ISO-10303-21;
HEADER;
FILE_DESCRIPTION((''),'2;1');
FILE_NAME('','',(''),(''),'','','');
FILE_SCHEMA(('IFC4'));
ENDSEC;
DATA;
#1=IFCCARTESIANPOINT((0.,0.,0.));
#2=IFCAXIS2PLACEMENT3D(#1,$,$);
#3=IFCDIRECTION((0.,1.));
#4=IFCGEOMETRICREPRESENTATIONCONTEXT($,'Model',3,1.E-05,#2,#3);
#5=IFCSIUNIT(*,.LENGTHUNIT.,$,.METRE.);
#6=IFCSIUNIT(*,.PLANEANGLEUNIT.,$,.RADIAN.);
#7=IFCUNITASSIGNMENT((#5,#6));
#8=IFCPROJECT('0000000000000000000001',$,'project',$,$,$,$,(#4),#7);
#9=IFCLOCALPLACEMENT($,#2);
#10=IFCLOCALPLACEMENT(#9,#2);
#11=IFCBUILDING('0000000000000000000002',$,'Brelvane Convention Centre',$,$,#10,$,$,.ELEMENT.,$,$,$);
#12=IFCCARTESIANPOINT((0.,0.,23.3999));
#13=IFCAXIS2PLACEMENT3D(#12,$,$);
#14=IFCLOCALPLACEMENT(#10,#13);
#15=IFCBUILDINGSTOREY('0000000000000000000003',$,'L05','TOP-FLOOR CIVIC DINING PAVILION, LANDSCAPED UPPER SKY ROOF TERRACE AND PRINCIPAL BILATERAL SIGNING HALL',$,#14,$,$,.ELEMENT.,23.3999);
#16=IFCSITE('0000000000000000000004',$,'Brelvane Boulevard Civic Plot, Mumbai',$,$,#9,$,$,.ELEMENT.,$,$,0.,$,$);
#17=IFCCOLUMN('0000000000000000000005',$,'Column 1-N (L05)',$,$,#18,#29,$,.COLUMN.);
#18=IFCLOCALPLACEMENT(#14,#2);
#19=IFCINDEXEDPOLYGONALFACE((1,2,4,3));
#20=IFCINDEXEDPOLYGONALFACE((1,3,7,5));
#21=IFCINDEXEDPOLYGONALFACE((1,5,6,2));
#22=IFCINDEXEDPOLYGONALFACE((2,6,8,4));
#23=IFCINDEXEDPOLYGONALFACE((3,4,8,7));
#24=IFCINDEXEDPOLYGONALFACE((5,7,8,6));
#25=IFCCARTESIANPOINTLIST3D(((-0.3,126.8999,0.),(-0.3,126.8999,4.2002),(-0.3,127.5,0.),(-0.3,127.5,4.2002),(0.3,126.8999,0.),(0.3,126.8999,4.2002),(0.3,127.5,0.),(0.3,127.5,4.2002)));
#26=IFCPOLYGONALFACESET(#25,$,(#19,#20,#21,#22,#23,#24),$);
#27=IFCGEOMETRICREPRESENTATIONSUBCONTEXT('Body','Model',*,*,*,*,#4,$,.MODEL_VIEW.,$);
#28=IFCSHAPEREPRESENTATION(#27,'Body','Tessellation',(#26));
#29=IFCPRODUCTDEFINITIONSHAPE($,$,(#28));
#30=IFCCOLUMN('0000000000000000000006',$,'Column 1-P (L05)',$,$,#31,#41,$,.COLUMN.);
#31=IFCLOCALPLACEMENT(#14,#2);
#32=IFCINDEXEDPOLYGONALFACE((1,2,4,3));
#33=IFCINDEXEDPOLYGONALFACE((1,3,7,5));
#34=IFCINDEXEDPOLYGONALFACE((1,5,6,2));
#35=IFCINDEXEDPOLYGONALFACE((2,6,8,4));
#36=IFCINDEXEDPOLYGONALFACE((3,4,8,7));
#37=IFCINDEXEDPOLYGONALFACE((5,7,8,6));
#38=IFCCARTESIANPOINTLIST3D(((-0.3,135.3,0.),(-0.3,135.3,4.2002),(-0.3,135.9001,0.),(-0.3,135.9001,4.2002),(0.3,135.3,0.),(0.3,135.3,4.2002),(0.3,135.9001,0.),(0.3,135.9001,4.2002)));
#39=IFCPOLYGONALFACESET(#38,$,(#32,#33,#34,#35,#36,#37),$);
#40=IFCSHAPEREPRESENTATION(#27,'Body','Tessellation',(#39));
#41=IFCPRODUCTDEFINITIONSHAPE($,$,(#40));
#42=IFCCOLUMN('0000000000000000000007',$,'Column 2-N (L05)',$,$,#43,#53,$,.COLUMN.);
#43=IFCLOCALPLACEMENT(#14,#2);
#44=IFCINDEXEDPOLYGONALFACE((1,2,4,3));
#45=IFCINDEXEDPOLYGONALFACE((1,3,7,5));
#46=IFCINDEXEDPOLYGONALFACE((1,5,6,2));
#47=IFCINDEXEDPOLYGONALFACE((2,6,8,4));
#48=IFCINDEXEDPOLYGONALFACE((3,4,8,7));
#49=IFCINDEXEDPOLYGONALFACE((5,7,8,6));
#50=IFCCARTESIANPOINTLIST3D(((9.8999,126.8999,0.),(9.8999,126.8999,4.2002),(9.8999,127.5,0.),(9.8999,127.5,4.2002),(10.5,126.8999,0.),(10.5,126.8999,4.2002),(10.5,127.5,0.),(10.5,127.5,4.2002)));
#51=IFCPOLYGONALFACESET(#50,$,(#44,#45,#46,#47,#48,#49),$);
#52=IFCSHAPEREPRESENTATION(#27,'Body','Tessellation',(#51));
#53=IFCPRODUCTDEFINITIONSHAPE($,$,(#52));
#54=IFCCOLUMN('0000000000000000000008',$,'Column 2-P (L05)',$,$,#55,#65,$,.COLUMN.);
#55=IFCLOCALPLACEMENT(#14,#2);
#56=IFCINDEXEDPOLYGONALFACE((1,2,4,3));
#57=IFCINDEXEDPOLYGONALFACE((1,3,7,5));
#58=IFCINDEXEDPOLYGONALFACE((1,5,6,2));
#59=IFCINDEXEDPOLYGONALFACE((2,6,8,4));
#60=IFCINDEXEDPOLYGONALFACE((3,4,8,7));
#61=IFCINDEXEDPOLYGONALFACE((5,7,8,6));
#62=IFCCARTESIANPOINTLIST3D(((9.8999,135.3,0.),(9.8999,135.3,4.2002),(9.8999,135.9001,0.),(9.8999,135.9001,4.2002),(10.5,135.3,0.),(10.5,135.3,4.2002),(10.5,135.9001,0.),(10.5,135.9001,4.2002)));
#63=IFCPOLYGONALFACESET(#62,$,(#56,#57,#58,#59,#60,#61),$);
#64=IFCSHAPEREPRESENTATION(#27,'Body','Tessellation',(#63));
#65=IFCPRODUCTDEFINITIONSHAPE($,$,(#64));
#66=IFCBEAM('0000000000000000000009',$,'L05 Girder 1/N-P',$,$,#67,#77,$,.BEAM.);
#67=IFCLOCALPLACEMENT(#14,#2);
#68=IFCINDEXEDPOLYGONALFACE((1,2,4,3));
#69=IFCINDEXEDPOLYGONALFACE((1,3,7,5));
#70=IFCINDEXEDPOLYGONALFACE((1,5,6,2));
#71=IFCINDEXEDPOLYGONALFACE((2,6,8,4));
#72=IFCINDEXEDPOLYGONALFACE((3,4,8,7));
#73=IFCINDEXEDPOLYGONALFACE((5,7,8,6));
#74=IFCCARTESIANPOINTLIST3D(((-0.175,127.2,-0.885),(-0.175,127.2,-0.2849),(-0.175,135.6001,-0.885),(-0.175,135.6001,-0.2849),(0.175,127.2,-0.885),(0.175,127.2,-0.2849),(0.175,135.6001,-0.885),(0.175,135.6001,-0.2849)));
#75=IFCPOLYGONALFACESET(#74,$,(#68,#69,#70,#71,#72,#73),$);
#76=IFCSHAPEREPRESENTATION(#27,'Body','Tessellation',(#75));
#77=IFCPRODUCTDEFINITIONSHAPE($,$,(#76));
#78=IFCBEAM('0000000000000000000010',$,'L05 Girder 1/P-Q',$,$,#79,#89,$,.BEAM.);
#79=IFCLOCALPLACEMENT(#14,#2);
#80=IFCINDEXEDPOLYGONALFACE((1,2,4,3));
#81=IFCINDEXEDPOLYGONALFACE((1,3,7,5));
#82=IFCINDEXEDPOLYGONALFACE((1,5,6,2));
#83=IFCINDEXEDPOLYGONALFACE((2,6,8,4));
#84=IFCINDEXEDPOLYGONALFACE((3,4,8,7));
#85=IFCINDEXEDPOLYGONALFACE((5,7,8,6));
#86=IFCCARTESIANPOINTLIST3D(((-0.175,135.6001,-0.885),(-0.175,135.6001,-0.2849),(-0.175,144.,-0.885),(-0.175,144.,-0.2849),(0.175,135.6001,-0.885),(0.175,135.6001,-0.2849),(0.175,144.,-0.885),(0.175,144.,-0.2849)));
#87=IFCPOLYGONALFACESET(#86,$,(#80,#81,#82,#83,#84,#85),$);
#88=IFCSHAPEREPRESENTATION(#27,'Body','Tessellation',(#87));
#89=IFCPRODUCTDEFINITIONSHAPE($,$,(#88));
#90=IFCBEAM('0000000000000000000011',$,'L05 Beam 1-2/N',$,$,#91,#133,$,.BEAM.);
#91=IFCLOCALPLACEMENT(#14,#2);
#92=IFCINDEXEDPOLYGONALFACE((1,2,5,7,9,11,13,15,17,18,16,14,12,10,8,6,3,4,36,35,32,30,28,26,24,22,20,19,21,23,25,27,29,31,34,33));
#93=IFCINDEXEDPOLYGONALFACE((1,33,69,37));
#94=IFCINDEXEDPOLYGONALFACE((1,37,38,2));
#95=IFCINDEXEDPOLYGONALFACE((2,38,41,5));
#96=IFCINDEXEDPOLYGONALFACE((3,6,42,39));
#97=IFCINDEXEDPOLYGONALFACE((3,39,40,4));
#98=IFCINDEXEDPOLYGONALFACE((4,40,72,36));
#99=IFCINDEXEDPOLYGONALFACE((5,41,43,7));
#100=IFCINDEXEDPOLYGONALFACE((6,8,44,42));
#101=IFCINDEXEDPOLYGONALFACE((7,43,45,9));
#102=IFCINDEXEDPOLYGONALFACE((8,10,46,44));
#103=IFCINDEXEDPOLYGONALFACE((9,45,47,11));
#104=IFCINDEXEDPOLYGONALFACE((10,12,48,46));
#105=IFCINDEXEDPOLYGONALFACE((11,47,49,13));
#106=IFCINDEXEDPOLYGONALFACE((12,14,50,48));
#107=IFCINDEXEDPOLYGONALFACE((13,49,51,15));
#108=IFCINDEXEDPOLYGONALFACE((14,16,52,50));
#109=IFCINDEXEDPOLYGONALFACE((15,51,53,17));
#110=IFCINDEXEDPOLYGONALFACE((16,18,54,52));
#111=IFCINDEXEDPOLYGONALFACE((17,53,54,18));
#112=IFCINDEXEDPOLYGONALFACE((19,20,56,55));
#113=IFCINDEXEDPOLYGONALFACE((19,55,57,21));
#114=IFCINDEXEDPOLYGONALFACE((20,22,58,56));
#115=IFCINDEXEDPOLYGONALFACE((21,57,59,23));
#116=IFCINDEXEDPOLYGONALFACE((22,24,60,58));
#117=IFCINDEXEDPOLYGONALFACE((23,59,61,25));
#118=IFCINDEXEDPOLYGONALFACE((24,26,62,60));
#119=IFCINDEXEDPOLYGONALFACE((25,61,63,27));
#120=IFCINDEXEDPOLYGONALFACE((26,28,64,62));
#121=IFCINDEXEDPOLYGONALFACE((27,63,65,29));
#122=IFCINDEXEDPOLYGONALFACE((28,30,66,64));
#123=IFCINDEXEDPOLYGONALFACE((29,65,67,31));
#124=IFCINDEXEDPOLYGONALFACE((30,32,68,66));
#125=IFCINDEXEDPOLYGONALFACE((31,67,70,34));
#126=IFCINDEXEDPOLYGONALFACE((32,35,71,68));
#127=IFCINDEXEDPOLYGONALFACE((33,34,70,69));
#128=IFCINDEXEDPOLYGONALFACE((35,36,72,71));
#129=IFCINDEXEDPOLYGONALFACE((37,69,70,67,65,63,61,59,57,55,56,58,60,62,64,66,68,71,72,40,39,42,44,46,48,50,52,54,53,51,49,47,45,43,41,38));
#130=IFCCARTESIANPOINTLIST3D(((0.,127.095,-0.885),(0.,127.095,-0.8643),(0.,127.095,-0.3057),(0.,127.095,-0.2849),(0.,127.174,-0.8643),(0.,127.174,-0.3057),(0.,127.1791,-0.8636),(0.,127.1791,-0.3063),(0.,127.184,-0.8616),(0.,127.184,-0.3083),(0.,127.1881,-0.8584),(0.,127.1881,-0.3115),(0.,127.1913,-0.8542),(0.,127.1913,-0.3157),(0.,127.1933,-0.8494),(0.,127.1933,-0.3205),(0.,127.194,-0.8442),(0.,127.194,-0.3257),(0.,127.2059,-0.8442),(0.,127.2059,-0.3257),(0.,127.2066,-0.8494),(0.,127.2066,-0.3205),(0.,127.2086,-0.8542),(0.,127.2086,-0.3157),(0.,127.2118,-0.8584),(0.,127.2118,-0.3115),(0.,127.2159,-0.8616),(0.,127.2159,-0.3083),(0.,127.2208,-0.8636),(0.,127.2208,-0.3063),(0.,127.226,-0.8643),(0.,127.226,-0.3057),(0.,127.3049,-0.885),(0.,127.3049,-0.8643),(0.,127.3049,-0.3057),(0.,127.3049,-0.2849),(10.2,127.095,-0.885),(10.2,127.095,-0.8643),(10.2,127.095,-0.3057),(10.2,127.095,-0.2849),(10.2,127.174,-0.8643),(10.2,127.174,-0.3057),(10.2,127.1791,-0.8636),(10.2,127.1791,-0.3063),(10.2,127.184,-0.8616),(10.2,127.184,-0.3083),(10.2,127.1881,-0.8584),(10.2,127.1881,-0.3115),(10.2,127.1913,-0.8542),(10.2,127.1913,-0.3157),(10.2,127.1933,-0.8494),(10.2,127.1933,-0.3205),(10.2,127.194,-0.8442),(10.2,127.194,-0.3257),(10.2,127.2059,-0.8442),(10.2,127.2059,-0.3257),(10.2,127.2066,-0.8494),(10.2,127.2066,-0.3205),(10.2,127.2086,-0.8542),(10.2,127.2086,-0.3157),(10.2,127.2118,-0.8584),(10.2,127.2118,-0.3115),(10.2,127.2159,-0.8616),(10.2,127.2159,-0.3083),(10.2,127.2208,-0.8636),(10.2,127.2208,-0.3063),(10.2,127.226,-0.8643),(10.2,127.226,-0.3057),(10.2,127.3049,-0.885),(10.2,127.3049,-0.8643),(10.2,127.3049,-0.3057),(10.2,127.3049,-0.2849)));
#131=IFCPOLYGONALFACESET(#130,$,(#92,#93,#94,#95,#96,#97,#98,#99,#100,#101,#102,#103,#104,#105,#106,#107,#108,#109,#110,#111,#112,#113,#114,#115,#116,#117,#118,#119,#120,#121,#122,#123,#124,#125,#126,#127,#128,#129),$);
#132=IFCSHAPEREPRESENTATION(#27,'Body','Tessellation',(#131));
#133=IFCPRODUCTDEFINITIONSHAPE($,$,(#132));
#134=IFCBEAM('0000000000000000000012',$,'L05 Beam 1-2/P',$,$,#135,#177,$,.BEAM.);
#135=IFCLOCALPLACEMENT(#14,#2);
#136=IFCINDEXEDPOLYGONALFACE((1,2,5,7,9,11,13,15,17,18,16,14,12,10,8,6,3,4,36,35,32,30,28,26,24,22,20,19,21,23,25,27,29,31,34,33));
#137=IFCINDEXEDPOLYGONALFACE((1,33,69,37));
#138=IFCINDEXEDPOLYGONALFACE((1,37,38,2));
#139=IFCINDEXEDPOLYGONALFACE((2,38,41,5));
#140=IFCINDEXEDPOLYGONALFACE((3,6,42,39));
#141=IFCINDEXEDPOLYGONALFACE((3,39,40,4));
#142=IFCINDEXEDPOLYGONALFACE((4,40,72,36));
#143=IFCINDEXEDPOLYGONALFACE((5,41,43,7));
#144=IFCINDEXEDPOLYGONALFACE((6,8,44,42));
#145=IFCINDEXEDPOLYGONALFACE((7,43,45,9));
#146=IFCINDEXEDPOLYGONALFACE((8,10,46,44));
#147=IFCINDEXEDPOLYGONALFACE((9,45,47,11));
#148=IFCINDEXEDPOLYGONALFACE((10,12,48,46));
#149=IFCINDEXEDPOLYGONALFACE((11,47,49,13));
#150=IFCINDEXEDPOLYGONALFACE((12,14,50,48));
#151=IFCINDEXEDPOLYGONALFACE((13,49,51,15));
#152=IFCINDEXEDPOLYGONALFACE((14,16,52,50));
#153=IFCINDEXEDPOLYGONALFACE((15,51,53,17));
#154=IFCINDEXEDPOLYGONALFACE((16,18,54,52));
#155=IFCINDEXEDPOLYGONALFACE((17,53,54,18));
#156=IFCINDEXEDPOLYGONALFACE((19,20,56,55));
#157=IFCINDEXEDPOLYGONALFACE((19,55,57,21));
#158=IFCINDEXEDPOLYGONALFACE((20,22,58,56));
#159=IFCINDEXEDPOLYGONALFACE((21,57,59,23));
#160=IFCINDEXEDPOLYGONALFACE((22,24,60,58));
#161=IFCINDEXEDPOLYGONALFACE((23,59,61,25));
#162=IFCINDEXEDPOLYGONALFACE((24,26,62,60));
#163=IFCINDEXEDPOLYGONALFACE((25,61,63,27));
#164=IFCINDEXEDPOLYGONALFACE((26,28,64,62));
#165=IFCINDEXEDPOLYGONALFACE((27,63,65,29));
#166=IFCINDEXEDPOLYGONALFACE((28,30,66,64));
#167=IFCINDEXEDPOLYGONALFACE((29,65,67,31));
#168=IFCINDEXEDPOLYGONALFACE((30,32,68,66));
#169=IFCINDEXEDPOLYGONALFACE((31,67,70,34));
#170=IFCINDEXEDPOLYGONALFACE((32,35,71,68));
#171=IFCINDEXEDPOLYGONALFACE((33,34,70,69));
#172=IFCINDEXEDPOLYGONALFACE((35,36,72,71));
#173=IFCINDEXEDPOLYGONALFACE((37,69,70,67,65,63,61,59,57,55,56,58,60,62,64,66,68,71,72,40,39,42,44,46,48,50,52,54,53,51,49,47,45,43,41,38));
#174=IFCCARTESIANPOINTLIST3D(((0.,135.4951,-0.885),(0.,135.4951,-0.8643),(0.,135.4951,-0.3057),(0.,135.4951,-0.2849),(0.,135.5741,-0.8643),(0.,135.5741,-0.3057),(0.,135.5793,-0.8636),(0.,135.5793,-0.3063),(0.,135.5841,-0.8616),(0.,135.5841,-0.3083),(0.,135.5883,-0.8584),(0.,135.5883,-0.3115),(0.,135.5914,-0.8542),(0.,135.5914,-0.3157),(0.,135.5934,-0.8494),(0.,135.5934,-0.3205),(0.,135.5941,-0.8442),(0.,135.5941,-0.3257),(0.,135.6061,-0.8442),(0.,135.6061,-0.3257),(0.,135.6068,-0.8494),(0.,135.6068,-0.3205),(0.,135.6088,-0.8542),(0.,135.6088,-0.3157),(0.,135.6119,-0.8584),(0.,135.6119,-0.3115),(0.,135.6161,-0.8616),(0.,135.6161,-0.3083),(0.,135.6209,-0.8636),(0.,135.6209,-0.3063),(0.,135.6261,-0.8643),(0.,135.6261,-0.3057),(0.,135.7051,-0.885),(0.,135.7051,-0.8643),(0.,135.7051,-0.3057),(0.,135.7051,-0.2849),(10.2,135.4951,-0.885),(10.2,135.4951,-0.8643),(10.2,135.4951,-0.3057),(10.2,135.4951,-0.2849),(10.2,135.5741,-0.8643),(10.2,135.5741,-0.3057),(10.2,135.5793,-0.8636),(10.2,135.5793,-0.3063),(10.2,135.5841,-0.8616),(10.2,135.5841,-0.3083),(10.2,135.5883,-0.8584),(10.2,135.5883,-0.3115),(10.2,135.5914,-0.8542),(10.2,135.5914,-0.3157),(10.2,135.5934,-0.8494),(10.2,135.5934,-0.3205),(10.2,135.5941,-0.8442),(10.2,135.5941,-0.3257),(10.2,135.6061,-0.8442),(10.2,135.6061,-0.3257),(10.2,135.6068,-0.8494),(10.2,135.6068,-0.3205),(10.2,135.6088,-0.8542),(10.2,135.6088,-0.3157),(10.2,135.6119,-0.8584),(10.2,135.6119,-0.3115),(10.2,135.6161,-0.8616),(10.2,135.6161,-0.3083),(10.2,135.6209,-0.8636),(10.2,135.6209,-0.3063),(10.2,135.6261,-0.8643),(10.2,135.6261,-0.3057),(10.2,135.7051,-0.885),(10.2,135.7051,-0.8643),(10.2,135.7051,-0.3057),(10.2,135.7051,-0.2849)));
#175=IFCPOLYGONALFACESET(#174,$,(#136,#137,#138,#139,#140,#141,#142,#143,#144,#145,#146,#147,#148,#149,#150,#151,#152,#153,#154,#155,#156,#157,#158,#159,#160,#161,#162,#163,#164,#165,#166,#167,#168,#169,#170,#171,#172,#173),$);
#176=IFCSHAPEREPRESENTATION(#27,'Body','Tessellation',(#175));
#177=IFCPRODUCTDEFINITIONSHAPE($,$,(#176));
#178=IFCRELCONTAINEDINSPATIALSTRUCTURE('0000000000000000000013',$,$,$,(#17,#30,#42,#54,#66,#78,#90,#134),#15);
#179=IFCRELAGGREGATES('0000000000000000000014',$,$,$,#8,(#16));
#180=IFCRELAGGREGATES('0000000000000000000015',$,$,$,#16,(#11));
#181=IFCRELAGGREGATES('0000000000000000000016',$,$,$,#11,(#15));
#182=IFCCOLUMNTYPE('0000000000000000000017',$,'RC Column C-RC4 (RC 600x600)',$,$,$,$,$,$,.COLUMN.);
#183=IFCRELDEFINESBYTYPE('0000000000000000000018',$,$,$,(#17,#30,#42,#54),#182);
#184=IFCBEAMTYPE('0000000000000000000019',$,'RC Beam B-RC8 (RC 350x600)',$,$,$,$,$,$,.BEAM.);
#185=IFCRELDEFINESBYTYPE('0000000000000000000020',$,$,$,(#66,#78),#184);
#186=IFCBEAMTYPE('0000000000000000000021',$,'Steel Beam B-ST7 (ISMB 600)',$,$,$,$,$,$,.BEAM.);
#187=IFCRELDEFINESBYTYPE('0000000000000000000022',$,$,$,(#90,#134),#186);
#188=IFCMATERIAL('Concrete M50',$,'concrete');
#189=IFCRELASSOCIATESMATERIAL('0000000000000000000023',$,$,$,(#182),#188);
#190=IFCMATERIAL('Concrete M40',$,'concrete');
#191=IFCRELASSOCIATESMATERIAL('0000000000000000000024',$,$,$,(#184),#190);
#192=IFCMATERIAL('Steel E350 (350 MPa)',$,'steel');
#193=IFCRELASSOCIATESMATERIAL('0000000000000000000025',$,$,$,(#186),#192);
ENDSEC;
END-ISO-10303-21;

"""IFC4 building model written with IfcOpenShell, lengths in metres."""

from ifc_helpers import new_model, si_unit, direction, frame, origin, origin_2d, place, context, subcontext, project, spatial, rectangle, i_section, extrude, material, material_profile, profile_set, type_object, element, save


model = new_model("IFC4")

# Units and contexts
model_context = context("Model", 3, precision=1e-05, world=origin(), true_north=direction((0.0, 1.0)))
body_context = subcontext(model_context, "Body", "Model", "MODEL_VIEW")
ifc_project = project(units=[si_unit("LENGTHUNIT", "METRE"), si_unit("PLANEANGLEUNIT", "RADIAN")], contexts=[model_context])

# Site, building, storey
site_placement = place(None, origin())
site = spatial("IfcSite", under=ifc_project, at=site_placement, Name="Brelvane Boulevard Civic Plot, Mumbai", CompositionType="ELEMENT", RefElevation=0.0)
building_placement = place(site_placement, origin())
building = spatial("IfcBuilding", under=site, at=building_placement, Name="Brelvane Convention Centre", CompositionType="ELEMENT")
storey_placement = place(building_placement, frame((0.0, 0.0, 23.3999)))
storey = spatial("IfcBuildingStorey", under=building, at=storey_placement, Name="L05", Description="TOP-FLOOR CIVIC DINING PAVILION, LANDSCAPED UPPER SKY ROOF TERRACE AND PRINCIPAL BILATERAL SIGNING HALL", CompositionType="ELEMENT", Elevation=23.3999)

# Columns
ifc_material_1 = material(Name="Concrete M50", Category="concrete")
ifc_material_profile_1 = material_profile(ifc_material_1, rectangle(XDim=0.6001, YDim=0.6001, at=origin_2d()), Name="RC 600x600")
ifc_profile_set_1 = profile_set([ifc_material_profile_1], Name="Concrete M50")
column_type = type_object("IfcColumnType", Name="RC Column C-RC4 (RC 600x600)", PredefinedType="COLUMN", material=ifc_profile_set_1)
for number, where, z_axis, x_axis, name in (
    (1, (0.0, 127.2, 0.0), (0.0, 0.0, 1.0), (1.0, 0.0, 0.0), "Column 1-N (L05)"),
    (2, (0.0, 135.6001, 0.0), (0.0, 0.0, 1.0), (1.0, 0.0, 0.0), "Column 1-P (L05)"),
    (3, (10.2, 127.2, 0.0), (0.0, 0.0, 1.0), (1.0, 0.0, 0.0), "Column 2-N (L05)"),
    (4, (10.2, 135.6001, 0.0), (0.0, 0.0, 1.0), (1.0, 0.0, 0.0), "Column 2-P (L05)"),
):
    element("IfcColumn", number, at=place(storey_placement, frame(where, z_axis=z_axis, x_axis=x_axis)), inside=storey, type_object=column_type, Name=name, PredefinedType="COLUMN", context=body_context, shape_type="SweptSolid", body=[
        extrude(rectangle(XDim=0.6001, YDim=0.6001, at=origin_2d()), origin(), (0.0, 0.0, 1.0), 4.2002),
    ])

# Beams
ifc_material_2 = material(Name="Concrete M40", Category="concrete")
ifc_material_profile_2 = material_profile(ifc_material_2, rectangle(XDim=0.3501, YDim=0.6001, at=origin_2d()), Name="RC 350x600")
ifc_profile_set_2 = profile_set([ifc_material_profile_2], Name="Concrete M40")
beam_type_1 = type_object("IfcBeamType", Name="RC Beam B-RC8 (RC 350x600)", PredefinedType="BEAM", material=ifc_profile_set_2)
beam_1_placement = place(storey_placement, frame((0.0, 127.2, -0.585), z_axis=(0.0, 1.0, 0.0), x_axis=(-1.0, 0.0, 0.0)))
element("IfcBeam", 5, at=beam_1_placement, inside=storey, type_object=beam_type_1, Name="L05 Girder 1/N-P", PredefinedType="BEAM", context=body_context, shape_type="SweptSolid", body=[
    extrude(rectangle(XDim=0.3501, YDim=0.6001, at=origin_2d()), origin(), (0.0, 0.0, 1.0), 8.4001),
])
beam_2_placement = place(storey_placement, frame((0.0, 135.6001, -0.585), z_axis=(0.0, 1.0, 0.0), x_axis=(-1.0, 0.0, 0.0)))
element("IfcBeam", 6, at=beam_2_placement, inside=storey, type_object=beam_type_1, Name="L05 Girder 1/P-Q", PredefinedType="BEAM", context=body_context, shape_type="SweptSolid", body=[
    extrude(rectangle(XDim=0.3501, YDim=0.6001, at=origin_2d()), origin(), (0.0, 0.0, 1.0), 8.3999),
])
ifc_material_3 = material(Name="Steel E350 (350 MPa)", Category="steel")
ifc_material_profile_3 = material_profile(ifc_material_3, i_section(OverallWidth=0.21, OverallDepth=0.6001, WebThickness=0.012, FlangeThickness=0.0208, FilletRadius=0.02, at=origin_2d()), Name="ISMB 600")
ifc_profile_set_3 = profile_set([ifc_material_profile_3], Name="Steel E350 (350 MPa)")
beam_type_2 = type_object("IfcBeamType", Name="Steel Beam B-ST7 (ISMB 600)", PredefinedType="BEAM", material=ifc_profile_set_3)
for number, where, z_axis, x_axis, name in (
    (7, (0.0, 127.2, -0.585), (1.0, 0.0, 0.0), (0.0, 1.0, 0.0), "L05 Beam 1-2/N"),
    (8, (0.0, 135.6001, -0.585), (1.0, 0.0, 0.0), (0.0, 1.0, 0.0), "L05 Beam 1-2/P"),
):
    element("IfcBeam", number, at=place(storey_placement, frame(where, z_axis=z_axis, x_axis=x_axis)), inside=storey, type_object=beam_type_2, Name=name, PredefinedType="BEAM", context=body_context, shape_type="SweptSolid", body=[
        extrude(i_section(OverallWidth=0.21, OverallDepth=0.6001, WebThickness=0.012, FlangeThickness=0.0208, FilletRadius=0.02, at=origin_2d()), origin(), (0.0, 0.0, 1.0), 10.2),
    ])

save(model, "model.ifc")
